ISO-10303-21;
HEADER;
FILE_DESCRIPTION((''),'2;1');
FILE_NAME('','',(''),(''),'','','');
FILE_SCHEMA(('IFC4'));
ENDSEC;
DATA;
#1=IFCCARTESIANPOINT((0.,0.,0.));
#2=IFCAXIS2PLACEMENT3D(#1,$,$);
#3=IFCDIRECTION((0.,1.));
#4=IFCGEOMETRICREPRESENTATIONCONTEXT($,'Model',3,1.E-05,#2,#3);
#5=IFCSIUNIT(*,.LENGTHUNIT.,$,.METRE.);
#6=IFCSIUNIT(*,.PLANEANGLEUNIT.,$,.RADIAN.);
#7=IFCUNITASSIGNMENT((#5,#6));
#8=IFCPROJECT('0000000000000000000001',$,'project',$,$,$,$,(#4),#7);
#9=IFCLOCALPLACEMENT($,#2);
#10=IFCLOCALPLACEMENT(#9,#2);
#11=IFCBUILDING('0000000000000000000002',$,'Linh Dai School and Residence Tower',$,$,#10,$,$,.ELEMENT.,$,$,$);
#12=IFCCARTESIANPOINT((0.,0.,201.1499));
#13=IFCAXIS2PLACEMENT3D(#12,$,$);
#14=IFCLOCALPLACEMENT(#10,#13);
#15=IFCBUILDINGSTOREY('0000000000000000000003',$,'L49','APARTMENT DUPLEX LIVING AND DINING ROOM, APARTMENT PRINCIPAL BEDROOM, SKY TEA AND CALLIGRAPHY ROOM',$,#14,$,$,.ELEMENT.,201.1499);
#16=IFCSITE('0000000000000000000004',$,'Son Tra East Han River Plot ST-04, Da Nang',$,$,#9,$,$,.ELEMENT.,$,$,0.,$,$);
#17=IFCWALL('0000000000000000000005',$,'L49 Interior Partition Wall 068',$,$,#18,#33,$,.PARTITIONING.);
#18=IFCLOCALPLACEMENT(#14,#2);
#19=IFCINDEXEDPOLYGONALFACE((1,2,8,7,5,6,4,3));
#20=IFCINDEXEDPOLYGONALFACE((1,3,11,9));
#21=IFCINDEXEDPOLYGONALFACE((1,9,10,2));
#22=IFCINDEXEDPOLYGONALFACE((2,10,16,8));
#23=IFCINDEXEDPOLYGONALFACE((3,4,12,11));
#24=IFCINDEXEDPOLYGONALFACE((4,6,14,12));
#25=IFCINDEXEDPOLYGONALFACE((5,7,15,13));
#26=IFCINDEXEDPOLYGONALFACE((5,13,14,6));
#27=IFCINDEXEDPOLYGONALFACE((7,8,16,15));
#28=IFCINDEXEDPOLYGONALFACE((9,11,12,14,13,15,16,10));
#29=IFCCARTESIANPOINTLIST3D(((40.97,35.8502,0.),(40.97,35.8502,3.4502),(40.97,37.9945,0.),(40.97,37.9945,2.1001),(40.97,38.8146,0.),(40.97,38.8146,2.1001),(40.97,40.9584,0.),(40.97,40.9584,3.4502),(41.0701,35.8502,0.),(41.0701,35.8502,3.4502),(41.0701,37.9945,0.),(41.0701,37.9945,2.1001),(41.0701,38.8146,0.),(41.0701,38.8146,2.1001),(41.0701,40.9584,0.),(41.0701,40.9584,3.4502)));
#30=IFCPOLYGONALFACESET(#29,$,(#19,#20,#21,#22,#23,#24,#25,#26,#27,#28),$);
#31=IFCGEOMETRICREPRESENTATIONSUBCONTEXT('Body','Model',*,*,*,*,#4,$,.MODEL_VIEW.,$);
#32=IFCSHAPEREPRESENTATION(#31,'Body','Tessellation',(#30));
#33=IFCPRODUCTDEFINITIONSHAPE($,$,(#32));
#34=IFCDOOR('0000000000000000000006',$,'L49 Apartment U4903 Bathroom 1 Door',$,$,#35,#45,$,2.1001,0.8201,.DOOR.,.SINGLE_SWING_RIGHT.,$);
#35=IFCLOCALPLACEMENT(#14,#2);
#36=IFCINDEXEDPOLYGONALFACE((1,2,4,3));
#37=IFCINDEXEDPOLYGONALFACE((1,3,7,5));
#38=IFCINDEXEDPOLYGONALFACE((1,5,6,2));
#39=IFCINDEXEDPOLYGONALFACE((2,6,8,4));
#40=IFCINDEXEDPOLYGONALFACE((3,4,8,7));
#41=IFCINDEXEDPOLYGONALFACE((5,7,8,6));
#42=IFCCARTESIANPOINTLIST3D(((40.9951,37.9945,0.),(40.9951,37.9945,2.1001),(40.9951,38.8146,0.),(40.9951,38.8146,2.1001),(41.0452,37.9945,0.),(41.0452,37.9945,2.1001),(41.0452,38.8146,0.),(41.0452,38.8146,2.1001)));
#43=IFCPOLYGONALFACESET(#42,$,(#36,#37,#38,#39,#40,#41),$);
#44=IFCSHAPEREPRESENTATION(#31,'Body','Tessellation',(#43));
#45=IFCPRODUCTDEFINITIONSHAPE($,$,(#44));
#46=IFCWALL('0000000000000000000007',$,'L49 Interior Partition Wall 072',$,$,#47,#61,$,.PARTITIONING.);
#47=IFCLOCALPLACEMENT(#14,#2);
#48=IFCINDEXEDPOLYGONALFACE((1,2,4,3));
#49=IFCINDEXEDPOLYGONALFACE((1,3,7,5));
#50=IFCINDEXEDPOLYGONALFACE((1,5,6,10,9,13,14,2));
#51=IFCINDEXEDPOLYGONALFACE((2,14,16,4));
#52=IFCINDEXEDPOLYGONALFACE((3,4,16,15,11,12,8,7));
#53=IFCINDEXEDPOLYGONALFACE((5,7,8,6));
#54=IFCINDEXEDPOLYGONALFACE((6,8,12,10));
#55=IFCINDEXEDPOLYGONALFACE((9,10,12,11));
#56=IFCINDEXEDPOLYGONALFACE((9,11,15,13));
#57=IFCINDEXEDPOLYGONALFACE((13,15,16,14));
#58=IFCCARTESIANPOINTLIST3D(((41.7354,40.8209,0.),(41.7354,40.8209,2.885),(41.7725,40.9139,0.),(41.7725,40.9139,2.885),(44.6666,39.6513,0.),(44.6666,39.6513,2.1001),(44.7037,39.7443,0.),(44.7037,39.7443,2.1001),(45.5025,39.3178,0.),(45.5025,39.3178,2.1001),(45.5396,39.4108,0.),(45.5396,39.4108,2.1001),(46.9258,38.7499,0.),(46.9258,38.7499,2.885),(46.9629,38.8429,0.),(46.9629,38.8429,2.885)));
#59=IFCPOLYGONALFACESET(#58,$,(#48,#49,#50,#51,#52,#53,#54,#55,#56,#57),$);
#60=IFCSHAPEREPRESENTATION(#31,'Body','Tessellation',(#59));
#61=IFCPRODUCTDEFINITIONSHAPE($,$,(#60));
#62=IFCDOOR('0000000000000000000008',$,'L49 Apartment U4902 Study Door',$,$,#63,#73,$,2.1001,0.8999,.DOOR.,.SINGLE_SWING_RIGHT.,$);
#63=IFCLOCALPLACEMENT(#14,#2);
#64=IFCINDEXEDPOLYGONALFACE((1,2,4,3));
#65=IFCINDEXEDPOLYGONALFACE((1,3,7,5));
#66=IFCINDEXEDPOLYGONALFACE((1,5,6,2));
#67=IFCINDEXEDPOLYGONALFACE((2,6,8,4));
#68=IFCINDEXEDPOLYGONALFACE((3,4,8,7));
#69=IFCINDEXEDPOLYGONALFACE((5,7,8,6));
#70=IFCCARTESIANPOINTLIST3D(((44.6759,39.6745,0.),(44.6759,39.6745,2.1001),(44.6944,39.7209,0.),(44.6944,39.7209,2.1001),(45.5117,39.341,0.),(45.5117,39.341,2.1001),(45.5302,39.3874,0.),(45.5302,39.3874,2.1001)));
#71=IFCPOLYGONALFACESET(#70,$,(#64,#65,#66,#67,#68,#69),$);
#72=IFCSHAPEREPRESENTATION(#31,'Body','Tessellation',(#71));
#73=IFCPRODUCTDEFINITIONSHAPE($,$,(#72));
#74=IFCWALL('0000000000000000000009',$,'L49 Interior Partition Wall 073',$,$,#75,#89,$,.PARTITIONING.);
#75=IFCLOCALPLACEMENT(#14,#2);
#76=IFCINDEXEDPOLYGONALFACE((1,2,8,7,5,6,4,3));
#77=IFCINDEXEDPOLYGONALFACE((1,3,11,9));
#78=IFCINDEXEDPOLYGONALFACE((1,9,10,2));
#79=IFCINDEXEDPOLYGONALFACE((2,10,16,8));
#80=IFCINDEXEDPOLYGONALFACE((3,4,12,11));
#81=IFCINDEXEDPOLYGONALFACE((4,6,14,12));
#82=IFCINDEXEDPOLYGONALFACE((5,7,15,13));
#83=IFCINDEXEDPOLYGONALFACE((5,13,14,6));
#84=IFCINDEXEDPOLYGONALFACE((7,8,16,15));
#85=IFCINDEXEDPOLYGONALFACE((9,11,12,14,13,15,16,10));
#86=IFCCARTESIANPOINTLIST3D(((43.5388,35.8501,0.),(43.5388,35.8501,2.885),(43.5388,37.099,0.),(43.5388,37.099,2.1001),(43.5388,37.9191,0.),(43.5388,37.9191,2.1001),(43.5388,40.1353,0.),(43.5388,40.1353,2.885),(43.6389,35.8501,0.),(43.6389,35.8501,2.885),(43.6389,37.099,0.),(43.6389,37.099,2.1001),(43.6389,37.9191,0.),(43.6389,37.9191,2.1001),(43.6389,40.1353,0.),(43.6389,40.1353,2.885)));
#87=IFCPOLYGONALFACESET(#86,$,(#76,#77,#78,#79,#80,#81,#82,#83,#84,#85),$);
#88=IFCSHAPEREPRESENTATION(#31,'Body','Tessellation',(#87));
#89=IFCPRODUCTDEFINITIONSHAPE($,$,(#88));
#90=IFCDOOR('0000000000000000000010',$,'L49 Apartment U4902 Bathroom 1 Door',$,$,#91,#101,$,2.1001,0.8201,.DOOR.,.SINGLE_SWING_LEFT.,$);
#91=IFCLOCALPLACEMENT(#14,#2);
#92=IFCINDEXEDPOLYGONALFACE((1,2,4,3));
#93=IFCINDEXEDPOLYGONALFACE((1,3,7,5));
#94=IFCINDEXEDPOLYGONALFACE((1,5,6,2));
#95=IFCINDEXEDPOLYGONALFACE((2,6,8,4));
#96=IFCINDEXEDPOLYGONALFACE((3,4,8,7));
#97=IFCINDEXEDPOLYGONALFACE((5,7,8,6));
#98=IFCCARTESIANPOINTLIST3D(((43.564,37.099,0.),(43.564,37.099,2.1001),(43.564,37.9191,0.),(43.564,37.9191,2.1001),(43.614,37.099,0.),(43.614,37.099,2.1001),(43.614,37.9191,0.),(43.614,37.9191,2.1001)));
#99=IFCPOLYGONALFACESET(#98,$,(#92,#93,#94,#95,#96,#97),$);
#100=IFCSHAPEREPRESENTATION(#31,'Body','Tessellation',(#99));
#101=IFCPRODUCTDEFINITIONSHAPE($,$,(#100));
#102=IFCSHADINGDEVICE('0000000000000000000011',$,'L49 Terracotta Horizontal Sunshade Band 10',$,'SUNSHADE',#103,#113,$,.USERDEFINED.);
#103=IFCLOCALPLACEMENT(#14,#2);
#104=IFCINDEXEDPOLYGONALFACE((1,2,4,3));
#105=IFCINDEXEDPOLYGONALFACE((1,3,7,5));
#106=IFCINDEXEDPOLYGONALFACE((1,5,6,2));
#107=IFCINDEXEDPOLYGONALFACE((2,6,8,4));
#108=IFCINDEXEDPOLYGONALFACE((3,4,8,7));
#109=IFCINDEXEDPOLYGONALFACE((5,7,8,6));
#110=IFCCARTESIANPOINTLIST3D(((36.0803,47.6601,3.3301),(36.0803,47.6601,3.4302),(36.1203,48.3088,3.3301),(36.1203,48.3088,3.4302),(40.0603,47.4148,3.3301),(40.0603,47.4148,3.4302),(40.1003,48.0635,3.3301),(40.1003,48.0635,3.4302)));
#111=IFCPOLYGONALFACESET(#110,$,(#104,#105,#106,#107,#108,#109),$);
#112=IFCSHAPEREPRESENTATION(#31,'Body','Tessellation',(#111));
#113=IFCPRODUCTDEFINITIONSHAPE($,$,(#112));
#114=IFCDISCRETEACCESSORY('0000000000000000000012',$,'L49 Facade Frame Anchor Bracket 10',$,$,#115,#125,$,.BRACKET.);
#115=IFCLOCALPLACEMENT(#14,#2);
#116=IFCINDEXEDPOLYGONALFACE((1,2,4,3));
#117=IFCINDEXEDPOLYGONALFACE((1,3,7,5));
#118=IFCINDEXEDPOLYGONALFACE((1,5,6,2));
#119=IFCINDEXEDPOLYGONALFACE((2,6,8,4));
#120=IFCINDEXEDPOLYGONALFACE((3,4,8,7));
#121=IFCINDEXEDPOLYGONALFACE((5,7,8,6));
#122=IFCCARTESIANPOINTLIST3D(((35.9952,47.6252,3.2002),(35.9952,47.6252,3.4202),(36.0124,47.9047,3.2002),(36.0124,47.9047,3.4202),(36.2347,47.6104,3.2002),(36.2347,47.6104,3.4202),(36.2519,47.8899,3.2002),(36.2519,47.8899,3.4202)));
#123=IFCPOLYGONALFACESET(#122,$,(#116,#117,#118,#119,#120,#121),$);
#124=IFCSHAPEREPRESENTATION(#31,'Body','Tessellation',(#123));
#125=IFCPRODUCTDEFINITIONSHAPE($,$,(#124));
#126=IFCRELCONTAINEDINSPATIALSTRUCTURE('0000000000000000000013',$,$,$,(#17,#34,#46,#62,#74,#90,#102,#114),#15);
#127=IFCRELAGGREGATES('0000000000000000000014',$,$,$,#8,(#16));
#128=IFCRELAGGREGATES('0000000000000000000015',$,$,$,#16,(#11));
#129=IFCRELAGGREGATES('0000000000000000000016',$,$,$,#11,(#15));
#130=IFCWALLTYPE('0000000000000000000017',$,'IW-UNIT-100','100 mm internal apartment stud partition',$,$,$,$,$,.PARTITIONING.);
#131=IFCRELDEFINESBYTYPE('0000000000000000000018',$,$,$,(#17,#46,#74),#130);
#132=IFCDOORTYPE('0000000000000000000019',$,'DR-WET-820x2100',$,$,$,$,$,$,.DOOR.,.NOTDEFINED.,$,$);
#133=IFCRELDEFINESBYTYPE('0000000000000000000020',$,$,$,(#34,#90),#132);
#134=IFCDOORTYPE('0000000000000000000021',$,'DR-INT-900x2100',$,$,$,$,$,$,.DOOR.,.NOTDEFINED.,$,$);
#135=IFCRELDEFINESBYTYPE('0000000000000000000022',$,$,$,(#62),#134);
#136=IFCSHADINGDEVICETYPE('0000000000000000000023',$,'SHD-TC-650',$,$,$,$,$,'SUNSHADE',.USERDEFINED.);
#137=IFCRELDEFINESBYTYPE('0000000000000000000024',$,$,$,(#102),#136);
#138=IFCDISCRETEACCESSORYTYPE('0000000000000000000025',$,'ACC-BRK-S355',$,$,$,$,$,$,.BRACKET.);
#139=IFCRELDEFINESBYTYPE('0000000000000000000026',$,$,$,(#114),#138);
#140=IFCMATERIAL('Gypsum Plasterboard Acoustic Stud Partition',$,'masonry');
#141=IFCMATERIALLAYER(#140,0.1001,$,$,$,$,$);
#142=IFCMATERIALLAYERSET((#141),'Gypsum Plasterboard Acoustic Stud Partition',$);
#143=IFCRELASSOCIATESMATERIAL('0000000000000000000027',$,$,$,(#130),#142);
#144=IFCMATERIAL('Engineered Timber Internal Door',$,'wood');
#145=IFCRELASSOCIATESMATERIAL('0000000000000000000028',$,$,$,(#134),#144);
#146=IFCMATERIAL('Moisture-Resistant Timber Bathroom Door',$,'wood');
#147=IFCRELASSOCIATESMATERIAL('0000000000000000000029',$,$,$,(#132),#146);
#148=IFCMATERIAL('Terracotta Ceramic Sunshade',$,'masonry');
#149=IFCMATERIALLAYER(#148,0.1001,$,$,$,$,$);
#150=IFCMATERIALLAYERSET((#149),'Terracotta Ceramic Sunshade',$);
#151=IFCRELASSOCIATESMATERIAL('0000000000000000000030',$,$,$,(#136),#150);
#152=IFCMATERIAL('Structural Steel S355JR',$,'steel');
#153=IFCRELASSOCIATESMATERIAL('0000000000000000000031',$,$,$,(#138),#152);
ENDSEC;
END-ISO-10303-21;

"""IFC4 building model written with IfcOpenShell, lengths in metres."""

from ifc_helpers import new_model, si_unit, direction, frame, frame_2d, origin, origin_2d, place, context, subcontext, project, spatial, rectangle, extrude, source, transform, mapped, material, layer, layer_set, type_object, element, fill, save


model = new_model("IFC4")

# Units and contexts
model_context = context("Model", 3, precision=1e-05, world=origin(), true_north=direction((0.0, 1.0)))
body_context = subcontext(model_context, "Body", "Model", "MODEL_VIEW")
ifc_project = project(units=[si_unit("LENGTHUNIT", "METRE"), si_unit("PLANEANGLEUNIT", "RADIAN")], contexts=[model_context])

# Site, building, storey
site_placement = place(None, origin())
site = spatial("IfcSite", under=ifc_project, at=site_placement, Name="Son Tra East Han River Plot ST-04, Da Nang", CompositionType="ELEMENT", RefElevation=0.0)
building_placement = place(site_placement, origin())
building = spatial("IfcBuilding", under=site, at=building_placement, Name="Linh Dai School and Residence Tower", CompositionType="ELEMENT")
storey_placement = place(building_placement, frame((0.0, 0.0, 201.1499)))
storey = spatial("IfcBuildingStorey", under=building, at=storey_placement, Name="L49", Description="APARTMENT DUPLEX LIVING AND DINING ROOM, APARTMENT PRINCIPAL BEDROOM, SKY TEA AND CALLIGRAPHY ROOM", CompositionType="ELEMENT", Elevation=201.1499)

# Shared definitions
ifc_material_1 = material(Name="Structural Steel S355JR", Category="steel")

# Shared definitions
ifc_material_2 = material(Name="Gypsum Plasterboard Acoustic Stud Partition", Category="masonry")
ifc_layer_1 = layer(ifc_material_2, 0.1001)
ifc_layer_set_1 = layer_set([ifc_layer_1], Name="Gypsum Plasterboard Acoustic Stud Partition")
wall_type_1 = type_object("IfcWallType", Name="IW-UNIT-100", Description="100 mm internal apartment stud partition", PredefinedType="PARTITIONING", material=ifc_layer_set_1)
ifc_material_3 = material(Name="Engineered Timber Internal Door", Category="wood")
door_type_1 = type_object("IfcDoorType", Name="DR-INT-900x2100", OperationType="NOTDEFINED", PredefinedType="DOOR", material=ifc_material_3)
shared_shape_1 = source(origin(), body_context, "Body", "SweptSolid", [
    extrude(rectangle(XDim=0.8999, YDim=2.1001, at=origin_2d()), frame((0.45, 0.0249, 1.05), z_axis=(0.0, -1.0, 0.0), x_axis=(1.0, 0.0, 0.0)), (0.0, 0.0, 1.0), 0.05),
])

# Walls, openings, doors
wall_1_placement = place(storey_placement, frame((41.02, 35.8501, 0.0), z_axis=(0.0, 0.0, 1.0), x_axis=(0.0, 1.0, 0.0)))
wall_1 = element("IfcWall", 1, at=wall_1_placement, inside=storey, type_object=wall_type_1, Name="L49 Interior Partition Wall 068", PredefinedType="PARTITIONING", context=body_context, shape_type="SweptSolid", body=[
    extrude(rectangle(XDim=5.1082, YDim=0.1001, at=frame_2d((2.5542, 0.0))), origin(), (0.0, 0.0, 1.0), 3.4502),
])
opening_1_placement = place(wall_1_placement, frame((2.1443, 0.0, 0.0)))
opening_1 = element("IfcOpeningElement", 2, at=opening_1_placement, cuts=wall_1, PredefinedType="OPENING", context=body_context, shape_type="SweptSolid", body=[
    extrude(rectangle(XDim=0.8201, YDim=2.1001, at=origin_2d()), frame((0.4102, 0.0601, 1.05), z_axis=(0.0, -1.0, 0.0), x_axis=(1.0, 0.0, 0.0)), (0.0, 0.0, 1.0), 0.1201),
])
ifc_material_4 = material(Name="Moisture-Resistant Timber Bathroom Door", Category="wood")
door_type_2 = type_object("IfcDoorType", Name="DR-WET-820x2100", OperationType="NOTDEFINED", PredefinedType="DOOR", material=ifc_material_4)
shared_shape_2 = source(origin(), body_context, "Body", "SweptSolid", [
    extrude(rectangle(XDim=0.8201, YDim=2.1001, at=origin_2d()), frame((0.4102, 0.0249, 1.05), z_axis=(0.0, -1.0, 0.0), x_axis=(1.0, 0.0, 0.0)), (0.0, 0.0, 1.0), 0.05),
])
door_1_placement = place(opening_1_placement, origin())
door_1 = element("IfcDoor", 3, at=door_1_placement, inside=storey, type_object=door_type_2, Name="L49 Apartment U4903 Bathroom 1 Door", OperationType="SINGLE_SWING_RIGHT", OverallHeight=2.1001, OverallWidth=0.8201, PredefinedType="DOOR", context=body_context, shape_type="MappedRepresentation", body=[
    mapped(shared_shape_2, transform((0.0, 0.0, 0.0), x_axis=(1.0, 0.0, 0.0), y_axis=(0.0, 1.0, 0.0), z_axis=(0.0, 0.0, 1.0), scale=1.0)),
])
fill(opening_1, door_1)
wall_2_placement = place(storey_placement, frame((41.7539, 40.8674, 0.0), z_axis=(0.0, 0.0, 1.0), x_axis=(0.928793, -0.3706, 0.0)))
wall_2 = element("IfcWall", 4, at=wall_2_placement, inside=storey, type_object=wall_type_1, Name="L49 Interior Partition Wall 072", PredefinedType="PARTITIONING", context=body_context, shape_type="SweptSolid", body=[
    extrude(rectangle(XDim=5.5884, YDim=0.1001, at=frame_2d((2.7942, 0.0))), origin(), (0.0, 0.0, 1.0), 2.885),
])
opening_2_placement = place(wall_2_placement, frame((3.156, 0.0, 0.0)))
opening_2 = element("IfcOpeningElement", 5, at=opening_2_placement, cuts=wall_2, PredefinedType="OPENING", context=body_context, shape_type="SweptSolid", body=[
    extrude(rectangle(XDim=0.8999, YDim=2.1001, at=origin_2d()), frame((0.45, 0.0601, 1.05), z_axis=(0.0, -1.0, 0.0), x_axis=(1.0, 0.0, 0.0)), (0.0, 0.0, 1.0), 0.1201),
])
door_2_placement = place(opening_2_placement, origin())
door_2 = element("IfcDoor", 6, at=door_2_placement, inside=storey, type_object=door_type_1, Name="L49 Apartment U4902 Study Door", OperationType="SINGLE_SWING_RIGHT", OverallHeight=2.1001, OverallWidth=0.8999, PredefinedType="DOOR", context=body_context, shape_type="MappedRepresentation", body=[
    mapped(shared_shape_1, transform((0.0, 0.0, 0.0), x_axis=(1.0, 0.0, 0.0), y_axis=(0.0, 1.0, 0.0), z_axis=(0.0, 0.0, 1.0), scale=1.0)),
])
fill(opening_2, door_2)
wall_3_placement = place(storey_placement, frame((43.5889, 35.8501, 0.0), z_axis=(0.0, 0.0, 1.0), x_axis=(0.0, 1.0, 0.0)))
wall_3 = element("IfcWall", 7, at=wall_3_placement, inside=storey, type_object=wall_type_1, Name="L49 Interior Partition Wall 073", PredefinedType="PARTITIONING", context=body_context, shape_type="SweptSolid", body=[
    extrude(rectangle(XDim=4.2852, YDim=0.1001, at=frame_2d((2.1426, 0.0))), origin(), (0.0, 0.0, 1.0), 2.885),
])
opening_3_placement = place(wall_3_placement, frame((1.2488, 0.0, 0.0)))
opening_3 = element("IfcOpeningElement", 8, at=opening_3_placement, cuts=wall_3, PredefinedType="OPENING", context=body_context, shape_type="SweptSolid", body=[
    extrude(rectangle(XDim=0.8201, YDim=2.1001, at=origin_2d()), frame((0.4102, 0.0601, 1.05), z_axis=(0.0, -1.0, 0.0), x_axis=(1.0, 0.0, 0.0)), (0.0, 0.0, 1.0), 0.1201),
])
door_3_placement = place(opening_3_placement, origin())
door_3 = element("IfcDoor", 9, at=door_3_placement, inside=storey, type_object=door_type_2, Name="L49 Apartment U4902 Bathroom 1 Door", OperationType="SINGLE_SWING_LEFT", OverallHeight=2.1001, OverallWidth=0.8201, PredefinedType="DOOR", context=body_context, shape_type="MappedRepresentation", body=[
    mapped(shared_shape_2, transform((0.0, 0.0, 0.0), x_axis=(1.0, 0.0, 0.0), y_axis=(0.0, 1.0, 0.0), z_axis=(0.0, 0.0, 1.0), scale=1.0)),
])
fill(opening_3, door_3)

# Shading device
ifc_material_5 = material(Name="Terracotta Ceramic Sunshade", Category="masonry")
ifc_layer_2 = layer(ifc_material_5, 0.1001)
ifc_layer_set_2 = layer_set([ifc_layer_2], Name="Terracotta Ceramic Sunshade")
shading_device_type = type_object("IfcShadingDeviceType", Name="SHD-TC-650", ElementType="SUNSHADE", PredefinedType="USERDEFINED", material=ifc_layer_set_2)
shared_shape_3 = source(origin(), body_context, "Body", "SweptSolid", [
    extrude(rectangle(XDim=3.9875, YDim=0.6499, at=origin_2d()), origin(), (0.0, 0.0, 1.0), 0.1001),
])
shading_device_placement = place(storey_placement, frame((38.0903, 47.8618, 3.3301), z_axis=(0.0, 0.0, 1.0), x_axis=(0.998106, -0.061512, 0.0)))
element("IfcShadingDevice", 10, at=shading_device_placement, inside=storey, type_object=shading_device_type, Name="L49 Terracotta Horizontal Sunshade Band 10", ObjectType="SUNSHADE", PredefinedType="USERDEFINED", context=body_context, shape_type="MappedRepresentation", body=[
    mapped(shared_shape_3, transform((0.0, 0.0, 0.0), x_axis=(1.0, 0.0, 0.0), y_axis=(0.0, 1.0, 0.0), z_axis=(0.0, 0.0, 1.0), scale=1.0)),
])

# Discrete accessory
discrete_accessory_type = type_object("IfcDiscreteAccessoryType", Name="ACC-BRK-S355", PredefinedType="BRACKET", material=ifc_material_1)
shared_shape_4 = source(origin(), body_context, "Body", "SweptSolid", [
    extrude(rectangle(XDim=0.28, YDim=0.24, at=origin_2d()), origin(), (0.0, 0.0, 1.0), 0.22),
])
discrete_accessory_placement = place(storey_placement, frame((36.1235, 47.7576, 3.2002), z_axis=(0.0, 0.0, 1.0), x_axis=(0.061512, 0.998106, 0.0)))
element("IfcDiscreteAccessory", 11, at=discrete_accessory_placement, inside=storey, type_object=discrete_accessory_type, Name="L49 Facade Frame Anchor Bracket 10", PredefinedType="BRACKET", context=body_context, shape_type="MappedRepresentation", body=[
    mapped(shared_shape_4, transform((0.0, 0.0, 0.0), x_axis=(1.0, 0.0, 0.0), y_axis=(0.0, 1.0, 0.0), z_axis=(0.0, 0.0, 1.0), scale=1.0)),
])

save(model, "model.ifc")
